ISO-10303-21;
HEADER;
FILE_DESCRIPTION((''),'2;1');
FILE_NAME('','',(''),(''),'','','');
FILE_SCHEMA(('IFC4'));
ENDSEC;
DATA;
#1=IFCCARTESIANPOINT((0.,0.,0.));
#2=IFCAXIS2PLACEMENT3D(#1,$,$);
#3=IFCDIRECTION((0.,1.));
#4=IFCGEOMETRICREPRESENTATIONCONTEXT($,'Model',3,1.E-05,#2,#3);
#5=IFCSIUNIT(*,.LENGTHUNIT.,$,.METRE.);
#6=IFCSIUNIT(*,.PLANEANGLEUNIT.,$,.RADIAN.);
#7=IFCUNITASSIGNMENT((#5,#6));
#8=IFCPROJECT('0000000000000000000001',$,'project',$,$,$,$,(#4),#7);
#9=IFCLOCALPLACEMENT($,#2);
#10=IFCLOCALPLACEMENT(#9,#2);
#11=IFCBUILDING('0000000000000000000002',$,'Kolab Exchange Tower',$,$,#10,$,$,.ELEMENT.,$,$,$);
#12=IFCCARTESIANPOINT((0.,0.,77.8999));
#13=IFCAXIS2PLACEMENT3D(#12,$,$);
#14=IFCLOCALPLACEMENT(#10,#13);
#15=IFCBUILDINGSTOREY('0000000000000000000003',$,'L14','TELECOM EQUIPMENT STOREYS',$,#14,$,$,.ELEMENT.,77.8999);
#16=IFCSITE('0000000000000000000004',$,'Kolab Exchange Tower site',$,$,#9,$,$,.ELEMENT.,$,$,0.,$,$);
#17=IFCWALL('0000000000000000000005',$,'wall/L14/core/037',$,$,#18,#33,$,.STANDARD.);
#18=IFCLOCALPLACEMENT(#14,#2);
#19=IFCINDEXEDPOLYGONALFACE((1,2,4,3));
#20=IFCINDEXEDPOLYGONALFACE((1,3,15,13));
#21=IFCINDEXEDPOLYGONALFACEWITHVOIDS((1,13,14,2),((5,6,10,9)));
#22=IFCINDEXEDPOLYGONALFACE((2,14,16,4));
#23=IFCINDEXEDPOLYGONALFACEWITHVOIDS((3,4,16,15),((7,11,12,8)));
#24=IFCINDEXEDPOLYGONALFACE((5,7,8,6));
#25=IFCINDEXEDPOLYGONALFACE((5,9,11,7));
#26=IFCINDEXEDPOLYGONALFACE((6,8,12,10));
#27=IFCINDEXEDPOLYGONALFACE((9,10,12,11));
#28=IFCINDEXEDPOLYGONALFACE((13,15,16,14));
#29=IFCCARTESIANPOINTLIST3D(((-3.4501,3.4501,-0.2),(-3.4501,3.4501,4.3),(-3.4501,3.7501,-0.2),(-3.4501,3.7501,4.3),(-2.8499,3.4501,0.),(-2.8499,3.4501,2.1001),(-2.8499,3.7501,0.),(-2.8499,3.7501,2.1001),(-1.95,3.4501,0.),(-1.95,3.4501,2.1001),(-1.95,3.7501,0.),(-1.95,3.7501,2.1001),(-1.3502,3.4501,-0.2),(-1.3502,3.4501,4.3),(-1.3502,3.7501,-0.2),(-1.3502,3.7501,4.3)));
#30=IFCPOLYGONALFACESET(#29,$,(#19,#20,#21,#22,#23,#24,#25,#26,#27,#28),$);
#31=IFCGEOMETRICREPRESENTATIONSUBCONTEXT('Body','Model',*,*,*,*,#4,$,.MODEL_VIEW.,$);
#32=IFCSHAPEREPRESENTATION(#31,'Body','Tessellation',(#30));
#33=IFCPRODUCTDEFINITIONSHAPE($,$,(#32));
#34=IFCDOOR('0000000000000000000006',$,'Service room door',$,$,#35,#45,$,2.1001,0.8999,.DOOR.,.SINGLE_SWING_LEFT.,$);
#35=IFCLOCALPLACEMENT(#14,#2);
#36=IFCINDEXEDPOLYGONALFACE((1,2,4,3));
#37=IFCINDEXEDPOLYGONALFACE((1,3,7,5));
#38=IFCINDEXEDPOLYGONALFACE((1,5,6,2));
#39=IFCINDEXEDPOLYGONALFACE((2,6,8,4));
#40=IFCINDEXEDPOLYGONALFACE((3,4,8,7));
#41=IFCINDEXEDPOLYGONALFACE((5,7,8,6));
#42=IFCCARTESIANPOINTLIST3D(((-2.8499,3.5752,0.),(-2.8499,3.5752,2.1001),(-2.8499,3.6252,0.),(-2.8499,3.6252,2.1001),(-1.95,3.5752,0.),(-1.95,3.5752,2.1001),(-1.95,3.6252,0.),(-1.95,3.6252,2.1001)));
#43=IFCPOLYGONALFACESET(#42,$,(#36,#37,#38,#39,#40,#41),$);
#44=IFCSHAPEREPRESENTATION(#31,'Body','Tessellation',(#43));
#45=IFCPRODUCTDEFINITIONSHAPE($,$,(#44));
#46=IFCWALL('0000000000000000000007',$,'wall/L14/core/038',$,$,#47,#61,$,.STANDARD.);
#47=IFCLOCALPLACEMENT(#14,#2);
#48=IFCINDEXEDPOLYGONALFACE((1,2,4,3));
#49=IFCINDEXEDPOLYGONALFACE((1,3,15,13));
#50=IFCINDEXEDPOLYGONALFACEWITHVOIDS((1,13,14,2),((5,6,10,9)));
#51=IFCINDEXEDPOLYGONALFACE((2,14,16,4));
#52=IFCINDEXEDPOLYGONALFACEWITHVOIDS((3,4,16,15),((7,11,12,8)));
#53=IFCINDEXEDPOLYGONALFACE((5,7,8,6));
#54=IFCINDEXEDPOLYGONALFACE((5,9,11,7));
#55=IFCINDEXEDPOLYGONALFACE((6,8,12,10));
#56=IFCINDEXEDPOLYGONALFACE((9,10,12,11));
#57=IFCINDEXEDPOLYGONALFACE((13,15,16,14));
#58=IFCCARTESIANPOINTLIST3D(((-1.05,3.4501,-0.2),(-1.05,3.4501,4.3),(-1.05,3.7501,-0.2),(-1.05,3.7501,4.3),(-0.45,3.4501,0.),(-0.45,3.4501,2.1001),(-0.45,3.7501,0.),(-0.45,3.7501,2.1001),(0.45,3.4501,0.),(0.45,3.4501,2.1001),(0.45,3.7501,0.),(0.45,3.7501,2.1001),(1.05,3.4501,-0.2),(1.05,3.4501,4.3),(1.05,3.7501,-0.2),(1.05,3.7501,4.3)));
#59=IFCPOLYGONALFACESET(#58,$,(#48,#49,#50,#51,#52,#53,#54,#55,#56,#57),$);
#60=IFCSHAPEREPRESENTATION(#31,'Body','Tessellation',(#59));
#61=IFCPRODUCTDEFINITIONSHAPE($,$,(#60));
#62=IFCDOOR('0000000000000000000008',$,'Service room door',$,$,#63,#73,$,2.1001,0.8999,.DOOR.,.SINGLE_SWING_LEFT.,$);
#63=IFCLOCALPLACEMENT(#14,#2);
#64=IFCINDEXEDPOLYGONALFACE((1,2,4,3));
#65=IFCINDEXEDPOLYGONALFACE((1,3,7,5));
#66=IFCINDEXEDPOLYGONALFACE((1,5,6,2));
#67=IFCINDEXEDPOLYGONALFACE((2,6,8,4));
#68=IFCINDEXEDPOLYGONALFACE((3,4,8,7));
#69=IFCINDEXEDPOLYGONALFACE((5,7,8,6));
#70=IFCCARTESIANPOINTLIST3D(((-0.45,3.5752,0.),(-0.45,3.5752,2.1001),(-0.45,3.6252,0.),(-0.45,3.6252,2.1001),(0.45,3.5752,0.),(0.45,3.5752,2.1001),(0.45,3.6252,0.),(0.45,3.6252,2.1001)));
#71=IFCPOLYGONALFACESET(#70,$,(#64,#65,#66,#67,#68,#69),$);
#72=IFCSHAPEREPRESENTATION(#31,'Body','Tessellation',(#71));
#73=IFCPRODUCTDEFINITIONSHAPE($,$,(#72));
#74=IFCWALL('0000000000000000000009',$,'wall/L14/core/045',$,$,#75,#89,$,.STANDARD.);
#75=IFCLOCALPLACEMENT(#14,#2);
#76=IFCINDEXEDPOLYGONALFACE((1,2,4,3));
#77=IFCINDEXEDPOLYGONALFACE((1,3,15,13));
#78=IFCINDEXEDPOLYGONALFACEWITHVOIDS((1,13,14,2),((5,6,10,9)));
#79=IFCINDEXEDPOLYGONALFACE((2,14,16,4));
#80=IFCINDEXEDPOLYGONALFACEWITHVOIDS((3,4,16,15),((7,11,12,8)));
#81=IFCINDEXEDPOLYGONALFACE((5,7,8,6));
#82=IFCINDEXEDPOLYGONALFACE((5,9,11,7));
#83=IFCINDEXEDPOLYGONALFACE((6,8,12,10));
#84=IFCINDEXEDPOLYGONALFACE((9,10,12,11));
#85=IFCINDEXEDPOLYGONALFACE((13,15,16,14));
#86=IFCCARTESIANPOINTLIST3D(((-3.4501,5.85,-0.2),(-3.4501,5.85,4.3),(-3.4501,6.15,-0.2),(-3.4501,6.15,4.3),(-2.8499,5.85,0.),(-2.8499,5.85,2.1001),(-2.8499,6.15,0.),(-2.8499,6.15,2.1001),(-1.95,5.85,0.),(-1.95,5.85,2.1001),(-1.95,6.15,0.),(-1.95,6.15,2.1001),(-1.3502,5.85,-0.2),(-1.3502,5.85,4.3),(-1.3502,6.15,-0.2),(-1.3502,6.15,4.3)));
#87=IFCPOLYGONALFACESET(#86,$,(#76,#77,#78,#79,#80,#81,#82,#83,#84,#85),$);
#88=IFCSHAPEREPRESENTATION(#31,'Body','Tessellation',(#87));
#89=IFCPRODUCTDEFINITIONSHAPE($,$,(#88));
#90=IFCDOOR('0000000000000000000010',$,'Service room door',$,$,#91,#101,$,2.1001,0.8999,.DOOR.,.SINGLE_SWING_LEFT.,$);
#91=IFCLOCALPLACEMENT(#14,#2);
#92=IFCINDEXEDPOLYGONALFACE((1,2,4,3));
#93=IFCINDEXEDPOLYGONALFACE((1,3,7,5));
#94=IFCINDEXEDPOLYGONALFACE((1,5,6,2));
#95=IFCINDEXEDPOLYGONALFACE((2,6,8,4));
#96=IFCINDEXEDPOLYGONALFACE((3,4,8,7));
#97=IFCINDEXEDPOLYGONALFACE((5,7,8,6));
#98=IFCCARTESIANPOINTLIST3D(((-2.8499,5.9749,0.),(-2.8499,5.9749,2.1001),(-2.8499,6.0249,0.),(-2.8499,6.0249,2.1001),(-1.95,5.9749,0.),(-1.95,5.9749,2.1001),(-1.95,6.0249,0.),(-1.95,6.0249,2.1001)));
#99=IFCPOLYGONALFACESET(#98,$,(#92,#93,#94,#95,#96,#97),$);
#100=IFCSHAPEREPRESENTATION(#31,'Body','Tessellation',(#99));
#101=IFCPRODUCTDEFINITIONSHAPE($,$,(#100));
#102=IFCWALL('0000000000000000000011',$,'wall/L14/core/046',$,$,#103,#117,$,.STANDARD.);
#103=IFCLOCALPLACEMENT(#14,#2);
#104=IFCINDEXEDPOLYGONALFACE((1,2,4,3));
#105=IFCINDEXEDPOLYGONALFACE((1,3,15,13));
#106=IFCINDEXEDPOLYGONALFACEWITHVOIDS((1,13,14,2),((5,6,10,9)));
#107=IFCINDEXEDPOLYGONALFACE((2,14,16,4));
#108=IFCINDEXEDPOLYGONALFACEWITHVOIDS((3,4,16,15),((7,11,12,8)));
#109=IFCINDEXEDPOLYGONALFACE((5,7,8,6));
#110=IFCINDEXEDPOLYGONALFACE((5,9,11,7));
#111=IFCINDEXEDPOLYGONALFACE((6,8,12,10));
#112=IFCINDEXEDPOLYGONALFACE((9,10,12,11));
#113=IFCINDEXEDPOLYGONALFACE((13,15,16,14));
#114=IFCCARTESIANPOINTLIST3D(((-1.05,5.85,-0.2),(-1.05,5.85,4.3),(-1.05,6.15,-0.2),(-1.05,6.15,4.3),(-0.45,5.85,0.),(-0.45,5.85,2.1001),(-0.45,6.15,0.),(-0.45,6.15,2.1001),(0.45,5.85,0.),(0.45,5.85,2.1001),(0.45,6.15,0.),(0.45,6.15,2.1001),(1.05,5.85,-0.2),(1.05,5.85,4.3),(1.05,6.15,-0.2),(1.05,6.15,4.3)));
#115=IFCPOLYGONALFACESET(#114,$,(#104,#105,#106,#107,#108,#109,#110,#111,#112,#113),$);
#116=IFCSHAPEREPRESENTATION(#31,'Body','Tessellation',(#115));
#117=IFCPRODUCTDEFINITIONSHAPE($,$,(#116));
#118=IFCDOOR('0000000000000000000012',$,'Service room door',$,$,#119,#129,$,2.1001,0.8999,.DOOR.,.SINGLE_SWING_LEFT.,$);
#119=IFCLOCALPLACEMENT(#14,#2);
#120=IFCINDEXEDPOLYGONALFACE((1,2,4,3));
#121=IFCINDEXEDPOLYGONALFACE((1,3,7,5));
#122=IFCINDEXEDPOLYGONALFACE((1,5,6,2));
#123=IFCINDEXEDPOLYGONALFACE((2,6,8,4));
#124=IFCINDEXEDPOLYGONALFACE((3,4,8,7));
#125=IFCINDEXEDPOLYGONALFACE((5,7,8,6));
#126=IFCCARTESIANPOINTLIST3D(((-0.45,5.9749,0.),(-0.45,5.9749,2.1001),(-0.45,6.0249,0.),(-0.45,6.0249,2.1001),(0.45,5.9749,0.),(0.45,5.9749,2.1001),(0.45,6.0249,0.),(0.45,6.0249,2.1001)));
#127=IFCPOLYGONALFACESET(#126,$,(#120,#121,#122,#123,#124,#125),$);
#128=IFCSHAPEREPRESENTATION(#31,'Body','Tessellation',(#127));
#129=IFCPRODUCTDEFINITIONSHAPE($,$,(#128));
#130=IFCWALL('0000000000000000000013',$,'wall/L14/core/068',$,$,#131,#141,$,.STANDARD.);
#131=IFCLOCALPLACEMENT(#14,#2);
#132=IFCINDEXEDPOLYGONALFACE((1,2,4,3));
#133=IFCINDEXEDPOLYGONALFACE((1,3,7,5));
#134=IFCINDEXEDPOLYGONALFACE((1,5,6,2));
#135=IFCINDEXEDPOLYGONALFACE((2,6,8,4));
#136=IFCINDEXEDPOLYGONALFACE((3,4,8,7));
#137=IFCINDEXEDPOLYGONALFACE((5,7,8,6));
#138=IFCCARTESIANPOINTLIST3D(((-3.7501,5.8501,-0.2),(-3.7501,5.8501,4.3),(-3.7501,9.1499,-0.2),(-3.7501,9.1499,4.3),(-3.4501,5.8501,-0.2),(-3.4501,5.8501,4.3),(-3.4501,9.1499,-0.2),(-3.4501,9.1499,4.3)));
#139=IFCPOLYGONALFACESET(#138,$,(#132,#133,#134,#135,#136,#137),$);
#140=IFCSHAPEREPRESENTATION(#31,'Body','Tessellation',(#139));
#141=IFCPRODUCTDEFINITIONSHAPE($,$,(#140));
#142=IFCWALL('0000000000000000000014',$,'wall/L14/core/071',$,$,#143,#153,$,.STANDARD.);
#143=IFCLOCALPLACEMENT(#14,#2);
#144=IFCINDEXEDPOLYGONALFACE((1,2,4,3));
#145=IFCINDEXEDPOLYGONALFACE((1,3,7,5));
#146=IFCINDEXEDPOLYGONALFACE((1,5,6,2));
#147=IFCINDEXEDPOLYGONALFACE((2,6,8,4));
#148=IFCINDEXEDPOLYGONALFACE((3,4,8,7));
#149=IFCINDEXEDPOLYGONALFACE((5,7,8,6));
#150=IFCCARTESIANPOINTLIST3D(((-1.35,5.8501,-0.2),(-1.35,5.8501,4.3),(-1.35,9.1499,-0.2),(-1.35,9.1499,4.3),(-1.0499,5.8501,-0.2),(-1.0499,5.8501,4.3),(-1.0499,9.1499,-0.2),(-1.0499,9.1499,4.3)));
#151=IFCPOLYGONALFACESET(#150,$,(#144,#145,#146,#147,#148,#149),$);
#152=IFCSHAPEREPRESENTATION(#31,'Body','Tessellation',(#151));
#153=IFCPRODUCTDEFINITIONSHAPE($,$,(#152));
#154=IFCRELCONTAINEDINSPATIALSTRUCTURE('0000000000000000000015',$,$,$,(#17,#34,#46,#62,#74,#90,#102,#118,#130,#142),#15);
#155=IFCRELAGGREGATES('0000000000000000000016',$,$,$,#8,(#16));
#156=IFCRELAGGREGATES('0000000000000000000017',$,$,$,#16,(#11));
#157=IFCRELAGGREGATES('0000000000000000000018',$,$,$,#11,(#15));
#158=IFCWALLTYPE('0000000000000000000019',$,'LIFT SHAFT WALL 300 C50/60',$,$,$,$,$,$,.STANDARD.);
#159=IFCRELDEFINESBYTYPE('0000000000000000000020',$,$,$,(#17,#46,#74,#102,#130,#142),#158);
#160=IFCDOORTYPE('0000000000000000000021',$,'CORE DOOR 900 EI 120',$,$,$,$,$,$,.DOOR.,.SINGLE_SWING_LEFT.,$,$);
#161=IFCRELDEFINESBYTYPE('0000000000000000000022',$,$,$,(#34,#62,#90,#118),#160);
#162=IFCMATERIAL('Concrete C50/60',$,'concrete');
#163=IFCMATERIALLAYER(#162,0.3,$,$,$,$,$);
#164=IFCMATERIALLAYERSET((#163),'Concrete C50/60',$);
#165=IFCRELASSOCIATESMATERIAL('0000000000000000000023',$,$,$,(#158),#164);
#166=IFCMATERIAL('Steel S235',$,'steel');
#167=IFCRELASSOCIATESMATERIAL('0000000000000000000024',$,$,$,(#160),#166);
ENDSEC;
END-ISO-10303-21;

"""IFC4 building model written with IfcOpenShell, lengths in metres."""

from ifc_helpers import new_model, si_unit, direction, frame, frame_2d, origin, place, context, subcontext, project, spatial, rectangle, extrude, material, layer, layer_set, type_object, element, fill, save


model = new_model("IFC4")

# Units and contexts
model_context = context("Model", 3, precision=1e-05, world=origin(), true_north=direction((0.0, 1.0)))
body_context = subcontext(model_context, "Body", "Model", "MODEL_VIEW")
ifc_project = project(units=[si_unit("LENGTHUNIT", "METRE"), si_unit("PLANEANGLEUNIT", "RADIAN")], contexts=[model_context])

# Site, building, storey
site_placement = place(None, origin())
site = spatial("IfcSite", under=ifc_project, at=site_placement, Name="Kolab Exchange Tower site", CompositionType="ELEMENT", RefElevation=0.0)
building_placement = place(site_placement, origin())
building = spatial("IfcBuilding", under=site, at=building_placement, Name="Kolab Exchange Tower", CompositionType="ELEMENT")
storey_placement = place(building_placement, frame((0.0, 0.0, 77.8999)))
storey = spatial("IfcBuildingStorey", under=building, at=storey_placement, Name="L14", Description="TELECOM EQUIPMENT STOREYS", CompositionType="ELEMENT", Elevation=77.8999)

# Walls, openings, doors
ifc_material_1 = material(Name="Concrete C50/60", Category="concrete")
ifc_layer_1 = layer(ifc_material_1, 0.3)
ifc_layer_set_1 = layer_set([ifc_layer_1], Name="Concrete C50/60")
wall_type_1 = type_object("IfcWallType", Name="LIFT SHAFT WALL 300 C50/60", PredefinedType="STANDARD", material=ifc_layer_set_1)
wall_1_placement = place(storey_placement, frame((-3.45, 3.6001, -0.2), z_axis=(0.0, 0.0, 1.0), x_axis=(1.0, 0.0, 0.0)))
wall_1 = element("IfcWall", 1, at=wall_1_placement, inside=storey, type_object=wall_type_1, Name="wall/L14/core/037", PredefinedType="STANDARD", context=body_context, shape_type="SweptSolid", body=[
    extrude(rectangle(XDim=2.0999, YDim=0.3, at=frame_2d((1.0498, 0.0))), origin(), (0.0, 0.0, 1.0), 4.5),
])
opening_1_placement = place(wall_1_placement, frame((0.6001, 0.0, 0.2)))
opening_1 = element("IfcOpeningElement", 2, at=opening_1_placement, cuts=wall_1, PredefinedType="OPENING", context=body_context, shape_type="SweptSolid", body=[
    extrude(rectangle(XDim=0.8999, YDim=2.1001, at=frame_2d((0.45, 1.05))), frame((0.0, 0.1602, 0.0), z_axis=(0.0, -1.0, 0.0), x_axis=(1.0, 0.0, 0.0)), (0.0, 0.0, 1.0), 0.3201),
])
ifc_material_2 = material(Name="Steel S235", Category="steel")
door_type_1 = type_object("IfcDoorType", Name="CORE DOOR 900 EI 120", OperationType="SINGLE_SWING_LEFT", PredefinedType="DOOR", material=ifc_material_2)
door_1_placement = place(opening_1_placement, frame((0.8999, 0.0, 0.0), z_axis=(0.0, 0.0, 1.0), x_axis=(-1.0, 0.0, 0.0)))
door_1 = element("IfcDoor", 3, at=door_1_placement, inside=storey, type_object=door_type_1, Name="Service room door", OperationType="SINGLE_SWING_LEFT", OverallHeight=2.1001, OverallWidth=0.8999, PredefinedType="DOOR", context=body_context, shape_type="SweptSolid", body=[
    extrude(rectangle(XDim=0.8999, YDim=2.1001, at=frame_2d((0.45, 1.05))), frame((0.0, 0.0249, 0.0), z_axis=(0.0, -1.0, 0.0), x_axis=(1.0, 0.0, 0.0)), (0.0, 0.0, 1.0), 0.05),
])
fill(opening_1, door_1)
wall_2_placement = place(storey_placement, frame((-1.05, 3.6001, -0.2), z_axis=(0.0, 0.0, 1.0), x_axis=(1.0, 0.0, 0.0)))
wall_2 = element("IfcWall", 4, at=wall_2_placement, inside=storey, type_object=wall_type_1, Name="wall/L14/core/038", PredefinedType="STANDARD", context=body_context, shape_type="SweptSolid", body=[
    extrude(rectangle(XDim=2.1001, YDim=0.3, at=frame_2d((1.05, 0.0))), origin(), (0.0, 0.0, 1.0), 4.5),
])
opening_2_placement = place(wall_2_placement, frame((0.6001, 0.0, 0.2)))
opening_2 = element("IfcOpeningElement", 5, at=opening_2_placement, cuts=wall_2, PredefinedType="OPENING", context=body_context, shape_type="SweptSolid", body=[
    extrude(rectangle(XDim=0.8999, YDim=2.1001, at=frame_2d((0.45, 1.05))), frame((0.0, 0.1602, 0.0), z_axis=(0.0, -1.0, 0.0), x_axis=(1.0, 0.0, 0.0)), (0.0, 0.0, 1.0), 0.3201),
])
door_2_placement = place(opening_2_placement, frame((0.8999, 0.0, 0.0), z_axis=(0.0, 0.0, 1.0), x_axis=(-1.0, 0.0, 0.0)))
door_2 = element("IfcDoor", 6, at=door_2_placement, inside=storey, type_object=door_type_1, Name="Service room door", OperationType="SINGLE_SWING_LEFT", OverallHeight=2.1001, OverallWidth=0.8999, PredefinedType="DOOR", context=body_context, shape_type="SweptSolid", body=[
    extrude(rectangle(XDim=0.8999, YDim=2.1001, at=frame_2d((0.45, 1.05))), frame((0.0, 0.0249, 0.0), z_axis=(0.0, -1.0, 0.0), x_axis=(1.0, 0.0, 0.0)), (0.0, 0.0, 1.0), 0.05),
])
fill(opening_2, door_2)
wall_3_placement = place(storey_placement, frame((-3.45, 6.0, -0.2), z_axis=(0.0, 0.0, 1.0), x_axis=(1.0, 0.0, 0.0)))
wall_3 = element("IfcWall", 7, at=wall_3_placement, inside=storey, type_object=wall_type_1, Name="wall/L14/core/045", PredefinedType="STANDARD", context=body_context, shape_type="SweptSolid", body=[
    extrude(rectangle(XDim=2.0999, YDim=0.3, at=frame_2d((1.0498, 0.0))), origin(), (0.0, 0.0, 1.0), 4.5),
])
opening_3_placement = place(wall_3_placement, frame((0.6001, 0.0, 0.2)))
opening_3 = element("IfcOpeningElement", 8, at=opening_3_placement, cuts=wall_3, PredefinedType="OPENING", context=body_context, shape_type="SweptSolid", body=[
    extrude(rectangle(XDim=0.8999, YDim=2.1001, at=frame_2d((0.45, 1.05))), frame((0.0, 0.1602, 0.0), z_axis=(0.0, -1.0, 0.0), x_axis=(1.0, 0.0, 0.0)), (0.0, 0.0, 1.0), 0.3201),
])
door_3_placement = place(opening_3_placement, origin())
door_3 = element("IfcDoor", 9, at=door_3_placement, inside=storey, type_object=door_type_1, Name="Service room door", OperationType="SINGLE_SWING_LEFT", OverallHeight=2.1001, OverallWidth=0.8999, PredefinedType="DOOR", context=body_context, shape_type="SweptSolid", body=[
    extrude(rectangle(XDim=0.8999, YDim=2.1001, at=frame_2d((0.45, 1.05))), frame((0.0, 0.0249, 0.0), z_axis=(0.0, -1.0, 0.0), x_axis=(1.0, 0.0, 0.0)), (0.0, 0.0, 1.0), 0.05),
])
fill(opening_3, door_3)
wall_4_placement = place(storey_placement, frame((-1.05, 6.0, -0.2), z_axis=(0.0, 0.0, 1.0), x_axis=(1.0, 0.0, 0.0)))
wall_4 = element("IfcWall", 10, at=wall_4_placement, inside=storey, type_object=wall_type_1, Name="wall/L14/core/046", PredefinedType="STANDARD", context=body_context, shape_type="SweptSolid", body=[
    extrude(rectangle(XDim=2.1001, YDim=0.3, at=frame_2d((1.05, 0.0))), origin(), (0.0, 0.0, 1.0), 4.5),
])
opening_4_placement = place(wall_4_placement, frame((0.6001, 0.0, 0.2)))
opening_4 = element("IfcOpeningElement", 11, at=opening_4_placement, cuts=wall_4, PredefinedType="OPENING", context=body_context, shape_type="SweptSolid", body=[
    extrude(rectangle(XDim=0.8999, YDim=2.1001, at=frame_2d((0.45, 1.05))), frame((0.0, 0.1602, 0.0), z_axis=(0.0, -1.0, 0.0), x_axis=(1.0, 0.0, 0.0)), (0.0, 0.0, 1.0), 0.3201),
])
door_4_placement = place(opening_4_placement, origin())
door_4 = element("IfcDoor", 12, at=door_4_placement, inside=storey, type_object=door_type_1, Name="Service room door", OperationType="SINGLE_SWING_LEFT", OverallHeight=2.1001, OverallWidth=0.8999, PredefinedType="DOOR", context=body_context, shape_type="SweptSolid", body=[
    extrude(rectangle(XDim=0.8999, YDim=2.1001, at=frame_2d((0.45, 1.05))), frame((0.0, 0.0249, 0.0), z_axis=(0.0, -1.0, 0.0), x_axis=(1.0, 0.0, 0.0)), (0.0, 0.0, 1.0), 0.05),
])
fill(opening_4, door_4)

# Walls
for number, where, z_axis, x_axis, name in (
    (13, (-3.6001, 5.8501, -0.2), (0.0, 0.0, 1.0), (0.0, 1.0, 0.0), "wall/L14/core/068"),
    (14, (-1.2, 5.8501, -0.2), (0.0, 0.0, 1.0), (0.0, 1.0, 0.0), "wall/L14/core/071"),
):
    element("IfcWall", number, at=place(storey_placement, frame(where, z_axis=z_axis, x_axis=x_axis)), inside=storey, type_object=wall_type_1, Name=name, PredefinedType="STANDARD", context=body_context, shape_type="SweptSolid", body=[
        extrude(rectangle(XDim=3.2998, YDim=0.3, at=frame_2d((1.6499, 0.0))), origin(), (0.0, 0.0, 1.0), 4.5),
    ])

save(model, "model.ifc")
